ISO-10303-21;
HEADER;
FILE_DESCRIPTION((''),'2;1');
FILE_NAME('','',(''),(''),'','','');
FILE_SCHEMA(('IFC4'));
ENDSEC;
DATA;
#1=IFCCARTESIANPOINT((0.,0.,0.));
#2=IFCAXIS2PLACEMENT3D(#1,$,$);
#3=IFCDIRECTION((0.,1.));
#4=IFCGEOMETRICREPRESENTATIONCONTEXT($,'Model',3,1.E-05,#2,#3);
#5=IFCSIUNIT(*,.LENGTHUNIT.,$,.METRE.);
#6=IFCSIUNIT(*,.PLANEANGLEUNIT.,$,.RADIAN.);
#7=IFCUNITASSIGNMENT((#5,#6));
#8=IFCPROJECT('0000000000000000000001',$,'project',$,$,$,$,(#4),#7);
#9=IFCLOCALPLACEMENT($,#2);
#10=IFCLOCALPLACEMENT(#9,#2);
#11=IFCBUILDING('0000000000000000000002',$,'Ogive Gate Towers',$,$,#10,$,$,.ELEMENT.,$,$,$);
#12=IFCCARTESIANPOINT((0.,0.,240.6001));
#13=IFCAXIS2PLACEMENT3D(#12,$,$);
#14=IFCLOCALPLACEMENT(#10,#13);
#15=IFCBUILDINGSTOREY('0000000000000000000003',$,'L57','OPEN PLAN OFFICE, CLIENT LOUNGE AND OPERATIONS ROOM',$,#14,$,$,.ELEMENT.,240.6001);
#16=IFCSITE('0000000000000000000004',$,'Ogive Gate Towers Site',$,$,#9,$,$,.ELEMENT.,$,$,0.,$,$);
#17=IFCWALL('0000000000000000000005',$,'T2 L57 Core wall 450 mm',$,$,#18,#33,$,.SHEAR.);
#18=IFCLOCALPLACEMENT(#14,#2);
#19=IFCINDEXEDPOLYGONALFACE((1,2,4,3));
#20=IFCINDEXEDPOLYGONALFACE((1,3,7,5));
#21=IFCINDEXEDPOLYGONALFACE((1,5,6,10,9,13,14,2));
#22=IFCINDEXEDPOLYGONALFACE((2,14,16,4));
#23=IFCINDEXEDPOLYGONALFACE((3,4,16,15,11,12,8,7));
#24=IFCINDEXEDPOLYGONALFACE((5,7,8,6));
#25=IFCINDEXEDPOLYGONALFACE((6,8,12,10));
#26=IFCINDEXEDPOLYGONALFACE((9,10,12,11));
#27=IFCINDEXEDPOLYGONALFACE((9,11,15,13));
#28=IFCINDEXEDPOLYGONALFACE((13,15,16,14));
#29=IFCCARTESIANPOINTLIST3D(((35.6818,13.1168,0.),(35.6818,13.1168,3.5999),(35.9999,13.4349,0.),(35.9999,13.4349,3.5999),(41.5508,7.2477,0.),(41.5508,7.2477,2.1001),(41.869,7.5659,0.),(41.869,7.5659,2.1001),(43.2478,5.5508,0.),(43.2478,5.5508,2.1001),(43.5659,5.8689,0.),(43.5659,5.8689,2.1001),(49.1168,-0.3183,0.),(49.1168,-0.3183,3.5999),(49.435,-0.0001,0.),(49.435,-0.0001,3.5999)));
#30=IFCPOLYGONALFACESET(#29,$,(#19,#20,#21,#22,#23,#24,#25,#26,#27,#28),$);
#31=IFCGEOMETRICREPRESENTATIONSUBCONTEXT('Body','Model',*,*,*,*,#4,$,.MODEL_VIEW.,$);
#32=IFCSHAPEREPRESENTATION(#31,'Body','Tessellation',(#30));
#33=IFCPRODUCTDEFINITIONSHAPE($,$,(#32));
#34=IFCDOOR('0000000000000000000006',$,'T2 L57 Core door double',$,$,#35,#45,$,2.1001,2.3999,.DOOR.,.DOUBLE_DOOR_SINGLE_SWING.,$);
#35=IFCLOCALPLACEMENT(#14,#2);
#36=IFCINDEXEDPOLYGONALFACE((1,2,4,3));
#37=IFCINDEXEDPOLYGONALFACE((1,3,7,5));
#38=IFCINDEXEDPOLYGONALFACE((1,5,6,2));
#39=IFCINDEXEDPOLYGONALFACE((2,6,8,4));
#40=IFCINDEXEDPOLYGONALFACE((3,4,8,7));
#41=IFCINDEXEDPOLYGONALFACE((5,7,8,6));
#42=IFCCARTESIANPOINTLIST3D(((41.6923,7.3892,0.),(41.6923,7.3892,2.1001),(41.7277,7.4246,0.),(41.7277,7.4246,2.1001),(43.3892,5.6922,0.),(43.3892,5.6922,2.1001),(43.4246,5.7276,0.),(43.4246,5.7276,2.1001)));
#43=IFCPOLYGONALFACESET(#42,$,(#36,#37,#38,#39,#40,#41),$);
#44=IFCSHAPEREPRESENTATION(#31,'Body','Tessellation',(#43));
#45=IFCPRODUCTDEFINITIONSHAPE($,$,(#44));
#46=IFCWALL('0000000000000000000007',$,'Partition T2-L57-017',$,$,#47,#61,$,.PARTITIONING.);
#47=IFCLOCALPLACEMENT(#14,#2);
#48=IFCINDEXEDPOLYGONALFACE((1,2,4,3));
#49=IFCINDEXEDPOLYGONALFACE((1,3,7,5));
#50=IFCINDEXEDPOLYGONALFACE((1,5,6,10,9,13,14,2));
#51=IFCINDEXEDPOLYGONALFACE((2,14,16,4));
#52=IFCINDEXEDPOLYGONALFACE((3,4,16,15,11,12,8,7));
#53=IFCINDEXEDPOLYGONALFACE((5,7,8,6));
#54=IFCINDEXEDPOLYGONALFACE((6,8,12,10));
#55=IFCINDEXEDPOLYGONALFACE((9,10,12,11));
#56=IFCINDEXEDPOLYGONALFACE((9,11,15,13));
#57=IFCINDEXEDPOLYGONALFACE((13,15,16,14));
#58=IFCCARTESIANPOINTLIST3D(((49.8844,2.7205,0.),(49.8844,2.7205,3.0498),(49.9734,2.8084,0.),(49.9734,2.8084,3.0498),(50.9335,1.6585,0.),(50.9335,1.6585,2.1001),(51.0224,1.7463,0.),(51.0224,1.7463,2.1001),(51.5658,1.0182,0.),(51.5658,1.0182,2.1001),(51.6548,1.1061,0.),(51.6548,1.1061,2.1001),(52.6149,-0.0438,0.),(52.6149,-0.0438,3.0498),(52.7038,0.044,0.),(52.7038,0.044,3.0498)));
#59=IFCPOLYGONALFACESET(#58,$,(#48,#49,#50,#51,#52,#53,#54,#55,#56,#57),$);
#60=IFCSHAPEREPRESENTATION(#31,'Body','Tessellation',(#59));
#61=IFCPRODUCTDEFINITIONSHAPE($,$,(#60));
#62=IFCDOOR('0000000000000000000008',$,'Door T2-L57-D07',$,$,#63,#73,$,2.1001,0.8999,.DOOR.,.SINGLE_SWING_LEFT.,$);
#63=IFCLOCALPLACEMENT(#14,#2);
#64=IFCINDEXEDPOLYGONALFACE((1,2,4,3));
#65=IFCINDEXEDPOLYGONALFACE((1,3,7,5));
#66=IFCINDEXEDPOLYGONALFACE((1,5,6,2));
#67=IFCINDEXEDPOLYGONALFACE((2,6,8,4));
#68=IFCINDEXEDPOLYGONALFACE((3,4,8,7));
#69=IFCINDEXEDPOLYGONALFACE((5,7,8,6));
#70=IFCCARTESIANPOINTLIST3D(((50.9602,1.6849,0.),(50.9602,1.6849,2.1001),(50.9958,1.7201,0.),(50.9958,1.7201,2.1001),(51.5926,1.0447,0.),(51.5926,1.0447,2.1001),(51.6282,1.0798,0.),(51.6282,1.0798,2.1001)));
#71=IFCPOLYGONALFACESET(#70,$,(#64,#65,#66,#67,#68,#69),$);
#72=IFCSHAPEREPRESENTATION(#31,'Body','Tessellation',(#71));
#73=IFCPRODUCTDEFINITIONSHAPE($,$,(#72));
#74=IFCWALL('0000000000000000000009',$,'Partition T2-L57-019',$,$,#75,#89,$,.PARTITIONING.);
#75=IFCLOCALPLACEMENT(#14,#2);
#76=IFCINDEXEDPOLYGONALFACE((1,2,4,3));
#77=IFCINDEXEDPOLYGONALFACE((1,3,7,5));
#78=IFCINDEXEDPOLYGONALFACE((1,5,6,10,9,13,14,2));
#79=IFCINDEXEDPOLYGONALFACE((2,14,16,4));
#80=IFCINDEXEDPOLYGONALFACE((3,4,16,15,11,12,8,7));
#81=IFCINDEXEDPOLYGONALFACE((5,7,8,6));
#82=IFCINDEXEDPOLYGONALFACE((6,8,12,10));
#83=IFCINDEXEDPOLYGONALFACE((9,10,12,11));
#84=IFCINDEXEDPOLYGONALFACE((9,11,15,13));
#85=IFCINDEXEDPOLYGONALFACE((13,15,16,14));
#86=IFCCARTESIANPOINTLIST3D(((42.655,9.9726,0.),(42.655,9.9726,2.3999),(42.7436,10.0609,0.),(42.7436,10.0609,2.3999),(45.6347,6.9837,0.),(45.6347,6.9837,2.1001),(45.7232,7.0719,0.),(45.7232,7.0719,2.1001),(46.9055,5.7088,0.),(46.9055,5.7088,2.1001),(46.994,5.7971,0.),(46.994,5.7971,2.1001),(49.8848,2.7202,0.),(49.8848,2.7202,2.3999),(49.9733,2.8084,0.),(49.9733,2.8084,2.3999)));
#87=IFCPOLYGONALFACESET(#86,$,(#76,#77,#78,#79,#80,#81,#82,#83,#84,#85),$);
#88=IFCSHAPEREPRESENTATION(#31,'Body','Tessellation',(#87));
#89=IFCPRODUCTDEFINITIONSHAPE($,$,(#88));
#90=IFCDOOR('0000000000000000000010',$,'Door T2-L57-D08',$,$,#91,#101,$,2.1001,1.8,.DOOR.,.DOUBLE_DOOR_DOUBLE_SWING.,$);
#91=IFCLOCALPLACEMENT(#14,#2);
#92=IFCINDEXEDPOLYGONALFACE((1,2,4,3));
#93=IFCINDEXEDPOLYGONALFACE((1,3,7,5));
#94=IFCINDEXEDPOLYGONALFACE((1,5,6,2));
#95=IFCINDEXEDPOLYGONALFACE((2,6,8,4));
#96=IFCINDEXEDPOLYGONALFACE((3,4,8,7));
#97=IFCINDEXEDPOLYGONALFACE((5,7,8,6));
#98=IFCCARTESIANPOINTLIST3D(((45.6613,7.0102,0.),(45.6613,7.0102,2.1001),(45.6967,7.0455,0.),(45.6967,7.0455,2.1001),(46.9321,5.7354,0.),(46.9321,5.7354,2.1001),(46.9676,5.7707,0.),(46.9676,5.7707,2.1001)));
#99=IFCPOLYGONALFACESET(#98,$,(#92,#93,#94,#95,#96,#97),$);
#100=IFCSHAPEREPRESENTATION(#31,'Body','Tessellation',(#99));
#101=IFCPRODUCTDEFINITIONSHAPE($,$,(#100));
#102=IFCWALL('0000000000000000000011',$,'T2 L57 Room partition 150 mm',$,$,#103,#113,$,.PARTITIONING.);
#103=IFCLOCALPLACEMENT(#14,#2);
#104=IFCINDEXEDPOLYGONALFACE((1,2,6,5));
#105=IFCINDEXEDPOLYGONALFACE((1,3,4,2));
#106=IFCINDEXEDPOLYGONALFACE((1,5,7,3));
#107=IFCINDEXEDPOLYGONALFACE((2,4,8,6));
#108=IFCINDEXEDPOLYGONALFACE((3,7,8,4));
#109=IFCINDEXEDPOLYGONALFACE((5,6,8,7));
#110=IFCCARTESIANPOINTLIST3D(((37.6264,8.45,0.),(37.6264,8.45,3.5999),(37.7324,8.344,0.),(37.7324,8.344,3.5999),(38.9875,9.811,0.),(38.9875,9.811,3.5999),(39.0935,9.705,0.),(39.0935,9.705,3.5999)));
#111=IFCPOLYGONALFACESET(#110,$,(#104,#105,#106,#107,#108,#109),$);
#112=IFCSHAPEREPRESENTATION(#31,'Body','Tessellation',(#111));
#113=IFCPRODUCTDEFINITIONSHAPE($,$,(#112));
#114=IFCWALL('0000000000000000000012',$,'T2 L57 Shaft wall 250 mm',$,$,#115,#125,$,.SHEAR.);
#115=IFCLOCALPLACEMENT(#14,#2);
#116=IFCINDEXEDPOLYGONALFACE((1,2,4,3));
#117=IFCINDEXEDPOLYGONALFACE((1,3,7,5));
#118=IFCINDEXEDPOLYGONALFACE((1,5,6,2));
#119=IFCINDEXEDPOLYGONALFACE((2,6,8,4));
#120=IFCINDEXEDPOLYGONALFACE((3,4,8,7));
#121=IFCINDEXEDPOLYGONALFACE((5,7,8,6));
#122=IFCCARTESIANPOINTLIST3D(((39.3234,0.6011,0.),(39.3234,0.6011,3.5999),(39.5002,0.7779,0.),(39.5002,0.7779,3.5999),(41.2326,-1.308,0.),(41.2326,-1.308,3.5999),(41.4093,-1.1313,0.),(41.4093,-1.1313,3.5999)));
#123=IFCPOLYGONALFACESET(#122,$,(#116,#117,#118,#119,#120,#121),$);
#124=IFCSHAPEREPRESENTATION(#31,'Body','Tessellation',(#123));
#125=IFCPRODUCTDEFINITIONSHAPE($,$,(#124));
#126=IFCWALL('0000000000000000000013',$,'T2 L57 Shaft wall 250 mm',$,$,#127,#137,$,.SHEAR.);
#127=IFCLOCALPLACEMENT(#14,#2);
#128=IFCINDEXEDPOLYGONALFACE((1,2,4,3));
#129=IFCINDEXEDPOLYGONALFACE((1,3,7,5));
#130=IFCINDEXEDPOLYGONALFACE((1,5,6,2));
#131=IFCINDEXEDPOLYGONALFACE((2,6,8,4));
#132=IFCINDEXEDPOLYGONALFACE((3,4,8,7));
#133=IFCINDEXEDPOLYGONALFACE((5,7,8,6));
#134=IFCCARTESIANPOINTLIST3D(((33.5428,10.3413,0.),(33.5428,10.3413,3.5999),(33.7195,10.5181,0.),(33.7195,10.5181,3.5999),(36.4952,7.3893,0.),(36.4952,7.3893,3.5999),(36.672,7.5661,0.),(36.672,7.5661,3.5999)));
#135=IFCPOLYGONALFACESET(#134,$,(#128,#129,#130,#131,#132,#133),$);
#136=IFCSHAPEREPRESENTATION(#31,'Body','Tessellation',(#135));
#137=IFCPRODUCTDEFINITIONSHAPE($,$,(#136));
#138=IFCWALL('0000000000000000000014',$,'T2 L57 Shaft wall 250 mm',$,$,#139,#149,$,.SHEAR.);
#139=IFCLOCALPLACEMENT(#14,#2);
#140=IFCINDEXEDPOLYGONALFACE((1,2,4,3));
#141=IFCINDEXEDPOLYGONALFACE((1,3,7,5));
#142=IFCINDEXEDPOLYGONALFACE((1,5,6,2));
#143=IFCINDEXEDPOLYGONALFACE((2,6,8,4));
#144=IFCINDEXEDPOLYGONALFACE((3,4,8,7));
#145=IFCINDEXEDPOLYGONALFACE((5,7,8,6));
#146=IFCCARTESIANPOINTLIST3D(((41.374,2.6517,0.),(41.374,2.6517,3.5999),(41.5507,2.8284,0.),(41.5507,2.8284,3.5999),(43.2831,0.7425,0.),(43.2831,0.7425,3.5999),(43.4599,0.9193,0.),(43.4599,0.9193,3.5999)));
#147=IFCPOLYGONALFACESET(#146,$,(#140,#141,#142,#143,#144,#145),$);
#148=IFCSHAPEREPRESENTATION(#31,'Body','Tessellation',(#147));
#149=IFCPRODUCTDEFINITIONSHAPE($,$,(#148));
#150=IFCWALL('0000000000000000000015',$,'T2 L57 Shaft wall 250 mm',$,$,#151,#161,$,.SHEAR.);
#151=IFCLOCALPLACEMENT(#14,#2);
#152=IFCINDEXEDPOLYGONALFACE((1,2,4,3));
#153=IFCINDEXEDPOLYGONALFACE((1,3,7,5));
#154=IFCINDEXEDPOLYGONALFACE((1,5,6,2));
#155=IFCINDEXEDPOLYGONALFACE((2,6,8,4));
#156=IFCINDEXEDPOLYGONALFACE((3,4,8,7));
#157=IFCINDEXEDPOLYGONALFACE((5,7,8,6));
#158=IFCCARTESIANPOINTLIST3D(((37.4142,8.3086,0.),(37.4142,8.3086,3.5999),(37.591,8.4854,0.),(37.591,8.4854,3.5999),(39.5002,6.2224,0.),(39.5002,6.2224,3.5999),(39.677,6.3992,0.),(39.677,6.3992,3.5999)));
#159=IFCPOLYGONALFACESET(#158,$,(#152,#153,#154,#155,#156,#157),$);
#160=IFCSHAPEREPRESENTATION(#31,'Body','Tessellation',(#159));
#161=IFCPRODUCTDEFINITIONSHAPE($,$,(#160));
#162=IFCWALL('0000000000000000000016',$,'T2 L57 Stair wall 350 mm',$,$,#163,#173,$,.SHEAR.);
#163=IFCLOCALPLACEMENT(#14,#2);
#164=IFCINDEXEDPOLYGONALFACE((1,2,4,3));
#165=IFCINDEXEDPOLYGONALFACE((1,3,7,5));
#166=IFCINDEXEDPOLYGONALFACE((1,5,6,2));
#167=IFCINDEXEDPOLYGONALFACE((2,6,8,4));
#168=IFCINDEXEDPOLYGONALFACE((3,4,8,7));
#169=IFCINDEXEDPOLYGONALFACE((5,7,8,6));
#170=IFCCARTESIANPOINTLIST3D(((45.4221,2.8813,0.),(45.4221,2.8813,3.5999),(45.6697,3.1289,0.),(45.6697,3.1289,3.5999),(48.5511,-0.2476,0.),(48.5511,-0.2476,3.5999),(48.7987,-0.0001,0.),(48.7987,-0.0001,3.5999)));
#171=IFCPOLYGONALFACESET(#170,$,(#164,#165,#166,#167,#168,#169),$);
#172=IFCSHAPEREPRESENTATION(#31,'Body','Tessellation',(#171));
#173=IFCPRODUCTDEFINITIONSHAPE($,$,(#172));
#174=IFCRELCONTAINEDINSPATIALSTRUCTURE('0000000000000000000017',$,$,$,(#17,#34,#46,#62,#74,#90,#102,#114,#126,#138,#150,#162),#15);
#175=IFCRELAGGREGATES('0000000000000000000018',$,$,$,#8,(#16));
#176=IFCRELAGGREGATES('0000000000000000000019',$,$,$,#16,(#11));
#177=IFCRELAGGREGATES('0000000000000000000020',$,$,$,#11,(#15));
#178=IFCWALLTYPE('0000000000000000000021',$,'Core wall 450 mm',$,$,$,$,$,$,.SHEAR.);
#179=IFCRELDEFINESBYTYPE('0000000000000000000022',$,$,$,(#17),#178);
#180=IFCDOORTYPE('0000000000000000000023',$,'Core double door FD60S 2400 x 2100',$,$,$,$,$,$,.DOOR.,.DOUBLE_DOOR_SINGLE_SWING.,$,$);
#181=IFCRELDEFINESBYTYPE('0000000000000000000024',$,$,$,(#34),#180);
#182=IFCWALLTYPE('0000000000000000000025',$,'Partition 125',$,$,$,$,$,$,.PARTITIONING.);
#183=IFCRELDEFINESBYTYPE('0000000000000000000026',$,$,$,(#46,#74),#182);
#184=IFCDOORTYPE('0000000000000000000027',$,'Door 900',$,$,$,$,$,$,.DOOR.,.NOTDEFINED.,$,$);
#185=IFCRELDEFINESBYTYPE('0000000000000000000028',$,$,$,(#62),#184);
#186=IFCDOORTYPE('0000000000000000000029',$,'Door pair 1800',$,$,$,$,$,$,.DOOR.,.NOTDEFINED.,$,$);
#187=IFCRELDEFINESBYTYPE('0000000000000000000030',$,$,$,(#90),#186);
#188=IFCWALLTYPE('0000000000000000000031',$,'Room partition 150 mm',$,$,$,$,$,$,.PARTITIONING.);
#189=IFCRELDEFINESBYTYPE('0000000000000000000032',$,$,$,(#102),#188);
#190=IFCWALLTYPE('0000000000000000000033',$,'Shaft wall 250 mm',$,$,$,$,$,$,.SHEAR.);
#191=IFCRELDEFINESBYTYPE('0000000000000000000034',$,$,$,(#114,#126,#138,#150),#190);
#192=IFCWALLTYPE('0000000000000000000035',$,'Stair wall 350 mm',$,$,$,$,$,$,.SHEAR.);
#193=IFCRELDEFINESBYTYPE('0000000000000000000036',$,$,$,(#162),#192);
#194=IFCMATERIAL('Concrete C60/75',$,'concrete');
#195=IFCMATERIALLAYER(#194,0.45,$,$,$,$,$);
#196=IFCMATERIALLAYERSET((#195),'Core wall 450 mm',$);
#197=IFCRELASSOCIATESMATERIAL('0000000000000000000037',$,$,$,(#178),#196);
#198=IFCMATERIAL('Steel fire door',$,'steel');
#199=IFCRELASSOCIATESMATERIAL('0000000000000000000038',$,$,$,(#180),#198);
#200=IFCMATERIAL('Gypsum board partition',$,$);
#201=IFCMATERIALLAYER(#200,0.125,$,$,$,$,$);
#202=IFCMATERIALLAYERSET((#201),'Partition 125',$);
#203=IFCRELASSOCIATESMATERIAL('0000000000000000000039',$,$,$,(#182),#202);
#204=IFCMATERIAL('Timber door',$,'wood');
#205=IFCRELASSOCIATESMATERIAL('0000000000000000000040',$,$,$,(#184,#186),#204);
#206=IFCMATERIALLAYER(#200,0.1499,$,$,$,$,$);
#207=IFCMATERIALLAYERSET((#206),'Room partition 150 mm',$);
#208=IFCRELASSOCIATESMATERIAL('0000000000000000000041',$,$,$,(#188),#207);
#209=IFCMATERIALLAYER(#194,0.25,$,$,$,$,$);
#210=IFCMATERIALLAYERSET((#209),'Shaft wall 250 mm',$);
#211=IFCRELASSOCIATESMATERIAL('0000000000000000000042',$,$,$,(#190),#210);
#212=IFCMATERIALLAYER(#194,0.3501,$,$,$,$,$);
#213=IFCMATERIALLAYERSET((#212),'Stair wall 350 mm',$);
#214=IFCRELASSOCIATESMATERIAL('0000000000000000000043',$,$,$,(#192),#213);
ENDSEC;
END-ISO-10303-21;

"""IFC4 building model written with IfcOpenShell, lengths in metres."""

from ifc_helpers import new_model, si_unit, direction, frame, frame_2d, origin, place, context, subcontext, project, spatial, rectangle, extrude, material, layer, layer_set, type_object, element, fill, save


model = new_model("IFC4")

# Units and contexts
model_context = context("Model", 3, precision=1e-05, world=origin(), true_north=direction((0.0, 1.0)))
body_context = subcontext(model_context, "Body", "Model", "MODEL_VIEW")
ifc_project = project(units=[si_unit("LENGTHUNIT", "METRE"), si_unit("PLANEANGLEUNIT", "RADIAN")], contexts=[model_context])

# Site, building, storey
site_placement = place(None, origin())
site = spatial("IfcSite", under=ifc_project, at=site_placement, Name="Ogive Gate Towers Site", CompositionType="ELEMENT", RefElevation=0.0)
building_placement = place(site_placement, origin())
building = spatial("IfcBuilding", under=site, at=building_placement, Name="Ogive Gate Towers", CompositionType="ELEMENT")
storey_placement = place(building_placement, frame((0.0, 0.0, 240.6001)))
storey = spatial("IfcBuildingStorey", under=building, at=storey_placement, Name="L57", Description="OPEN PLAN OFFICE, CLIENT LOUNGE AND OPERATIONS ROOM", CompositionType="ELEMENT", Elevation=240.6001)

# Walls, openings, doors
ifc_material_1 = material(Name="Concrete C60/75", Category="concrete")
ifc_layer_1 = layer(ifc_material_1, 0.45)
ifc_layer_set_1 = layer_set([ifc_layer_1], Name="Core wall 450 mm")
wall_type_1 = type_object("IfcWallType", Name="Core wall 450 mm", PredefinedType="SHEAR", material=ifc_layer_set_1)
wall_1_placement = place(storey_placement, frame((49.2759, -0.1592, 0.0), z_axis=(0.0, 0.0, 1.0), x_axis=(-0.707107, 0.707107, 0.0)))
wall_1 = element("IfcWall", 1, at=wall_1_placement, inside=storey, type_object=wall_type_1, Name="T2 L57 Core wall 450 mm", PredefinedType="SHEAR", context=body_context, shape_type="SweptSolid", body=[
    extrude(rectangle(XDim=19.0, YDim=0.45, at=frame_2d((9.5, 0.0))), origin(), (0.0, 0.0, 1.0), 3.5999),
])
opening_1_placement = place(wall_1_placement, frame((8.3, 0.0, 0.0)))
opening_1 = element("IfcOpeningElement", 2, at=opening_1_placement, cuts=wall_1, PredefinedType="OPENING", context=body_context, shape_type="SweptSolid", body=[
    extrude(rectangle(XDim=2.3999, YDim=2.1001, at=frame_2d((1.2, 1.05))), frame((0.0, 0.2349, 0.0), z_axis=(0.0, -1.0, 0.0), x_axis=(1.0, 0.0, 0.0)), (0.0, 0.0, 1.0), 0.47),
])
ifc_material_2 = material(Name="Steel fire door", Category="steel")
door_type_1 = type_object("IfcDoorType", Name="Core double door FD60S 2400 x 2100", OperationType="DOUBLE_DOOR_SINGLE_SWING", PredefinedType="DOOR", material=ifc_material_2)
door_1_placement = place(opening_1_placement, origin())
door_1 = element("IfcDoor", 3, at=door_1_placement, inside=storey, type_object=door_type_1, Name="T2 L57 Core door double", OperationType="DOUBLE_DOOR_SINGLE_SWING", OverallHeight=2.1001, OverallWidth=2.3999, PredefinedType="DOOR", context=body_context, shape_type="SweptSolid", body=[
    extrude(rectangle(XDim=2.3999, YDim=2.1001, at=frame_2d((1.2, 1.05))), frame((0.0, 0.0249, 0.0), z_axis=(0.0, -1.0, 0.0), x_axis=(1.0, 0.0, 0.0)), (0.0, 0.0, 1.0), 0.05),
])
fill(opening_1, door_1)
ifc_material_3 = material(Name="Gypsum board partition")
ifc_layer_2 = layer(ifc_material_3, 0.125)
ifc_layer_set_2 = layer_set([ifc_layer_2], Name="Partition 125")
wall_type_2 = type_object("IfcWallType", Name="Partition 125", PredefinedType="PARTITIONING", material=ifc_layer_set_2)
wall_2_placement = place(storey_placement, frame((52.6594, 0.0, 0.0), z_axis=(0.0, 0.0, 1.0), x_axis=(-0.702726, 0.71146, 0.0)))
wall_2 = element("IfcWall", 4, at=wall_2_placement, inside=storey, type_object=wall_type_2, Name="Partition T2-L57-017", PredefinedType="PARTITIONING", context=body_context, shape_type="SweptSolid", body=[
    extrude(rectangle(XDim=3.8855, YDim=0.125, at=frame_2d((1.9429, 0.0))), origin(), (0.0, 0.0, 1.0), 3.0498),
])
opening_2_placement = place(wall_2_placement, frame((1.4929, 0.0, 0.0)))
opening_2 = element("IfcOpeningElement", 5, at=opening_2_placement, cuts=wall_2, PredefinedType="OPENING", context=body_context, shape_type="SweptSolid", body=[
    extrude(rectangle(XDim=0.8999, YDim=2.1001, at=frame_2d((0.45, 1.05))), frame((0.0, 0.0725, 0.0), z_axis=(0.0, -1.0, 0.0), x_axis=(1.0, 0.0, 0.0)), (0.0, 0.0, 1.0), 0.145),
])
ifc_material_4 = material(Name="Timber door", Category="wood")
door_type_2 = type_object("IfcDoorType", Name="Door 900", OperationType="NOTDEFINED", PredefinedType="DOOR", material=ifc_material_4)
door_2_placement = place(opening_2_placement, origin())
door_2 = element("IfcDoor", 6, at=door_2_placement, inside=storey, type_object=door_type_2, Name="Door T2-L57-D07", OperationType="SINGLE_SWING_LEFT", OverallHeight=2.1001, OverallWidth=0.8999, PredefinedType="DOOR", context=body_context, shape_type="SweptSolid", body=[
    extrude(rectangle(XDim=0.8999, YDim=2.1001, at=frame_2d((0.45, 1.05))), frame((0.0, 0.0249, 0.0), z_axis=(0.0, -1.0, 0.0), x_axis=(1.0, 0.0, 0.0)), (0.0, 0.0, 1.0), 0.05),
])
fill(opening_2, door_2)
wall_3_placement = place(storey_placement, frame((49.929, 2.7644, 0.0), z_axis=(0.0, 0.0, 1.0), x_axis=(-0.705997, 0.708215, 0.0)))
wall_3 = element("IfcWall", 7, at=wall_3_placement, inside=storey, type_object=wall_type_2, Name="Partition T2-L57-019", PredefinedType="PARTITIONING", context=body_context, shape_type="SweptSolid", body=[
    extrude(rectangle(XDim=10.2405, YDim=0.125, at=frame_2d((5.1201, 0.0))), origin(), (0.0, 0.0, 1.0), 2.3999),
])
opening_3_placement = place(wall_3_placement, frame((4.22, 0.0, 0.0)))
opening_3 = element("IfcOpeningElement", 8, at=opening_3_placement, cuts=wall_3, PredefinedType="OPENING", context=body_context, shape_type="SweptSolid", body=[
    extrude(rectangle(XDim=1.8, YDim=2.1001, at=frame_2d((0.8999, 1.05))), frame((0.0, 0.0725, 0.0), z_axis=(0.0, -1.0, 0.0), x_axis=(1.0, 0.0, 0.0)), (0.0, 0.0, 1.0), 0.145),
])
door_type_3 = type_object("IfcDoorType", Name="Door pair 1800", OperationType="NOTDEFINED", PredefinedType="DOOR", material=ifc_material_4)
door_3_placement = place(opening_3_placement, origin())
door_3 = element("IfcDoor", 9, at=door_3_placement, inside=storey, type_object=door_type_3, Name="Door T2-L57-D08", OperationType="DOUBLE_DOOR_DOUBLE_SWING", OverallHeight=2.1001, OverallWidth=1.8, PredefinedType="DOOR", context=body_context, shape_type="SweptSolid", body=[
    extrude(rectangle(XDim=1.8, YDim=2.1001, at=frame_2d((0.8999, 1.05))), frame((0.0, 0.0249, 0.0), z_axis=(0.0, -1.0, 0.0), x_axis=(1.0, 0.0, 0.0)), (0.0, 0.0, 1.0), 0.05),
])
fill(opening_3, door_3)

# Walls
ifc_layer_3 = layer(ifc_material_3, 0.1499)
ifc_layer_set_3 = layer_set([ifc_layer_3], Name="Room partition 150 mm")
wall_type_3 = type_object("IfcWallType", Name="Room partition 150 mm", PredefinedType="PARTITIONING", material=ifc_layer_set_3)
wall_4_placement = place(storey_placement, frame((37.6794, 8.397, 0.0), z_axis=(0.0, 0.0, 1.0), x_axis=(0.707107, 0.707107, 0.0)))
element("IfcWall", 10, at=wall_4_placement, inside=storey, type_object=wall_type_3, Name="T2 L57 Room partition 150 mm", PredefinedType="PARTITIONING", context=body_context, shape_type="SweptSolid", body=[
    extrude(rectangle(XDim=1.9248, YDim=0.1499, at=frame_2d((0.9624, 0.0))), origin(), (0.0, 0.0, 1.0), 3.5999),
])
ifc_layer_4 = layer(ifc_material_1, 0.25)
ifc_layer_set_4 = layer_set([ifc_layer_4], Name="Shaft wall 250 mm")
wall_type_4 = type_object("IfcWallType", Name="Shaft wall 250 mm", PredefinedType="SHEAR", material=ifc_layer_set_4)
wall_5_placement = place(storey_placement, frame((41.321, -1.2197, 0.0), z_axis=(0.0, 0.0, 1.0), x_axis=(-0.707107, 0.707107, 0.0)))
element("IfcWall", 11, at=wall_5_placement, inside=storey, type_object=wall_type_4, Name="T2 L57 Shaft wall 250 mm", PredefinedType="SHEAR", context=body_context, shape_type="SweptSolid", body=[
    extrude(rectangle(XDim=2.7, YDim=0.25, at=frame_2d((1.3501, 0.0))), origin(), (0.0, 0.0, 1.0), 3.5999),
])
wall_6_placement = place(storey_placement, frame((36.5835, 7.4778, 0.0), z_axis=(0.0, 0.0, 1.0), x_axis=(-0.707165, 0.707048, 0.0)))
element("IfcWall", 12, at=wall_6_placement, inside=storey, type_object=wall_type_4, Name="T2 L57 Shaft wall 250 mm", PredefinedType="SHEAR", context=body_context, shape_type="SweptSolid", body=[
    extrude(rectangle(XDim=4.175, YDim=0.25, at=frame_2d((2.0874, 0.0))), origin(), (0.0, 0.0, 1.0), 3.5999),
])
wall_7_placement = place(storey_placement, frame((43.3716, 0.8308, 0.0), z_axis=(0.0, 0.0, 1.0), x_axis=(-0.707107, 0.707107, 0.0)))
element("IfcWall", 13, at=wall_7_placement, inside=storey, type_object=wall_type_4, Name="T2 L57 Shaft wall 250 mm", PredefinedType="SHEAR", context=body_context, shape_type="SweptSolid", body=[
    extrude(rectangle(XDim=2.7, YDim=0.25, at=frame_2d((1.3501, 0.0))), origin(), (0.0, 0.0, 1.0), 3.5999),
])
wall_8_placement = place(storey_placement, frame((39.5886, 6.3108, 0.0), z_axis=(0.0, 0.0, 1.0), x_axis=(-0.707065, 0.707148, 0.0)))
element("IfcWall", 14, at=wall_8_placement, inside=storey, type_object=wall_type_4, Name="T2 L57 Shaft wall 250 mm", PredefinedType="SHEAR", context=body_context, shape_type="SweptSolid", body=[
    extrude(rectangle(XDim=2.9502, YDim=0.25, at=frame_2d((1.4751, 0.0))), origin(), (0.0, 0.0, 1.0), 3.5999),
])
ifc_layer_5 = layer(ifc_material_1, 0.3501)
ifc_layer_set_5 = layer_set([ifc_layer_5], Name="Stair wall 350 mm")
wall_type_5 = type_object("IfcWallType", Name="Stair wall 350 mm", PredefinedType="SHEAR", material=ifc_layer_set_5)
wall_9_placement = place(storey_placement, frame((48.6748, -0.1238, 0.0), z_axis=(0.0, 0.0, 1.0), x_axis=(-0.707107, 0.707107, 0.0)))
element("IfcWall", 15, at=wall_9_placement, inside=storey, type_object=wall_type_5, Name="T2 L57 Stair wall 350 mm", PredefinedType="SHEAR", context=body_context, shape_type="SweptSolid", body=[
    extrude(rectangle(XDim=4.425, YDim=0.3501, at=frame_2d((2.2124, 0.0))), origin(), (0.0, 0.0, 1.0), 3.5999),
])

save(model, "model.ifc")
